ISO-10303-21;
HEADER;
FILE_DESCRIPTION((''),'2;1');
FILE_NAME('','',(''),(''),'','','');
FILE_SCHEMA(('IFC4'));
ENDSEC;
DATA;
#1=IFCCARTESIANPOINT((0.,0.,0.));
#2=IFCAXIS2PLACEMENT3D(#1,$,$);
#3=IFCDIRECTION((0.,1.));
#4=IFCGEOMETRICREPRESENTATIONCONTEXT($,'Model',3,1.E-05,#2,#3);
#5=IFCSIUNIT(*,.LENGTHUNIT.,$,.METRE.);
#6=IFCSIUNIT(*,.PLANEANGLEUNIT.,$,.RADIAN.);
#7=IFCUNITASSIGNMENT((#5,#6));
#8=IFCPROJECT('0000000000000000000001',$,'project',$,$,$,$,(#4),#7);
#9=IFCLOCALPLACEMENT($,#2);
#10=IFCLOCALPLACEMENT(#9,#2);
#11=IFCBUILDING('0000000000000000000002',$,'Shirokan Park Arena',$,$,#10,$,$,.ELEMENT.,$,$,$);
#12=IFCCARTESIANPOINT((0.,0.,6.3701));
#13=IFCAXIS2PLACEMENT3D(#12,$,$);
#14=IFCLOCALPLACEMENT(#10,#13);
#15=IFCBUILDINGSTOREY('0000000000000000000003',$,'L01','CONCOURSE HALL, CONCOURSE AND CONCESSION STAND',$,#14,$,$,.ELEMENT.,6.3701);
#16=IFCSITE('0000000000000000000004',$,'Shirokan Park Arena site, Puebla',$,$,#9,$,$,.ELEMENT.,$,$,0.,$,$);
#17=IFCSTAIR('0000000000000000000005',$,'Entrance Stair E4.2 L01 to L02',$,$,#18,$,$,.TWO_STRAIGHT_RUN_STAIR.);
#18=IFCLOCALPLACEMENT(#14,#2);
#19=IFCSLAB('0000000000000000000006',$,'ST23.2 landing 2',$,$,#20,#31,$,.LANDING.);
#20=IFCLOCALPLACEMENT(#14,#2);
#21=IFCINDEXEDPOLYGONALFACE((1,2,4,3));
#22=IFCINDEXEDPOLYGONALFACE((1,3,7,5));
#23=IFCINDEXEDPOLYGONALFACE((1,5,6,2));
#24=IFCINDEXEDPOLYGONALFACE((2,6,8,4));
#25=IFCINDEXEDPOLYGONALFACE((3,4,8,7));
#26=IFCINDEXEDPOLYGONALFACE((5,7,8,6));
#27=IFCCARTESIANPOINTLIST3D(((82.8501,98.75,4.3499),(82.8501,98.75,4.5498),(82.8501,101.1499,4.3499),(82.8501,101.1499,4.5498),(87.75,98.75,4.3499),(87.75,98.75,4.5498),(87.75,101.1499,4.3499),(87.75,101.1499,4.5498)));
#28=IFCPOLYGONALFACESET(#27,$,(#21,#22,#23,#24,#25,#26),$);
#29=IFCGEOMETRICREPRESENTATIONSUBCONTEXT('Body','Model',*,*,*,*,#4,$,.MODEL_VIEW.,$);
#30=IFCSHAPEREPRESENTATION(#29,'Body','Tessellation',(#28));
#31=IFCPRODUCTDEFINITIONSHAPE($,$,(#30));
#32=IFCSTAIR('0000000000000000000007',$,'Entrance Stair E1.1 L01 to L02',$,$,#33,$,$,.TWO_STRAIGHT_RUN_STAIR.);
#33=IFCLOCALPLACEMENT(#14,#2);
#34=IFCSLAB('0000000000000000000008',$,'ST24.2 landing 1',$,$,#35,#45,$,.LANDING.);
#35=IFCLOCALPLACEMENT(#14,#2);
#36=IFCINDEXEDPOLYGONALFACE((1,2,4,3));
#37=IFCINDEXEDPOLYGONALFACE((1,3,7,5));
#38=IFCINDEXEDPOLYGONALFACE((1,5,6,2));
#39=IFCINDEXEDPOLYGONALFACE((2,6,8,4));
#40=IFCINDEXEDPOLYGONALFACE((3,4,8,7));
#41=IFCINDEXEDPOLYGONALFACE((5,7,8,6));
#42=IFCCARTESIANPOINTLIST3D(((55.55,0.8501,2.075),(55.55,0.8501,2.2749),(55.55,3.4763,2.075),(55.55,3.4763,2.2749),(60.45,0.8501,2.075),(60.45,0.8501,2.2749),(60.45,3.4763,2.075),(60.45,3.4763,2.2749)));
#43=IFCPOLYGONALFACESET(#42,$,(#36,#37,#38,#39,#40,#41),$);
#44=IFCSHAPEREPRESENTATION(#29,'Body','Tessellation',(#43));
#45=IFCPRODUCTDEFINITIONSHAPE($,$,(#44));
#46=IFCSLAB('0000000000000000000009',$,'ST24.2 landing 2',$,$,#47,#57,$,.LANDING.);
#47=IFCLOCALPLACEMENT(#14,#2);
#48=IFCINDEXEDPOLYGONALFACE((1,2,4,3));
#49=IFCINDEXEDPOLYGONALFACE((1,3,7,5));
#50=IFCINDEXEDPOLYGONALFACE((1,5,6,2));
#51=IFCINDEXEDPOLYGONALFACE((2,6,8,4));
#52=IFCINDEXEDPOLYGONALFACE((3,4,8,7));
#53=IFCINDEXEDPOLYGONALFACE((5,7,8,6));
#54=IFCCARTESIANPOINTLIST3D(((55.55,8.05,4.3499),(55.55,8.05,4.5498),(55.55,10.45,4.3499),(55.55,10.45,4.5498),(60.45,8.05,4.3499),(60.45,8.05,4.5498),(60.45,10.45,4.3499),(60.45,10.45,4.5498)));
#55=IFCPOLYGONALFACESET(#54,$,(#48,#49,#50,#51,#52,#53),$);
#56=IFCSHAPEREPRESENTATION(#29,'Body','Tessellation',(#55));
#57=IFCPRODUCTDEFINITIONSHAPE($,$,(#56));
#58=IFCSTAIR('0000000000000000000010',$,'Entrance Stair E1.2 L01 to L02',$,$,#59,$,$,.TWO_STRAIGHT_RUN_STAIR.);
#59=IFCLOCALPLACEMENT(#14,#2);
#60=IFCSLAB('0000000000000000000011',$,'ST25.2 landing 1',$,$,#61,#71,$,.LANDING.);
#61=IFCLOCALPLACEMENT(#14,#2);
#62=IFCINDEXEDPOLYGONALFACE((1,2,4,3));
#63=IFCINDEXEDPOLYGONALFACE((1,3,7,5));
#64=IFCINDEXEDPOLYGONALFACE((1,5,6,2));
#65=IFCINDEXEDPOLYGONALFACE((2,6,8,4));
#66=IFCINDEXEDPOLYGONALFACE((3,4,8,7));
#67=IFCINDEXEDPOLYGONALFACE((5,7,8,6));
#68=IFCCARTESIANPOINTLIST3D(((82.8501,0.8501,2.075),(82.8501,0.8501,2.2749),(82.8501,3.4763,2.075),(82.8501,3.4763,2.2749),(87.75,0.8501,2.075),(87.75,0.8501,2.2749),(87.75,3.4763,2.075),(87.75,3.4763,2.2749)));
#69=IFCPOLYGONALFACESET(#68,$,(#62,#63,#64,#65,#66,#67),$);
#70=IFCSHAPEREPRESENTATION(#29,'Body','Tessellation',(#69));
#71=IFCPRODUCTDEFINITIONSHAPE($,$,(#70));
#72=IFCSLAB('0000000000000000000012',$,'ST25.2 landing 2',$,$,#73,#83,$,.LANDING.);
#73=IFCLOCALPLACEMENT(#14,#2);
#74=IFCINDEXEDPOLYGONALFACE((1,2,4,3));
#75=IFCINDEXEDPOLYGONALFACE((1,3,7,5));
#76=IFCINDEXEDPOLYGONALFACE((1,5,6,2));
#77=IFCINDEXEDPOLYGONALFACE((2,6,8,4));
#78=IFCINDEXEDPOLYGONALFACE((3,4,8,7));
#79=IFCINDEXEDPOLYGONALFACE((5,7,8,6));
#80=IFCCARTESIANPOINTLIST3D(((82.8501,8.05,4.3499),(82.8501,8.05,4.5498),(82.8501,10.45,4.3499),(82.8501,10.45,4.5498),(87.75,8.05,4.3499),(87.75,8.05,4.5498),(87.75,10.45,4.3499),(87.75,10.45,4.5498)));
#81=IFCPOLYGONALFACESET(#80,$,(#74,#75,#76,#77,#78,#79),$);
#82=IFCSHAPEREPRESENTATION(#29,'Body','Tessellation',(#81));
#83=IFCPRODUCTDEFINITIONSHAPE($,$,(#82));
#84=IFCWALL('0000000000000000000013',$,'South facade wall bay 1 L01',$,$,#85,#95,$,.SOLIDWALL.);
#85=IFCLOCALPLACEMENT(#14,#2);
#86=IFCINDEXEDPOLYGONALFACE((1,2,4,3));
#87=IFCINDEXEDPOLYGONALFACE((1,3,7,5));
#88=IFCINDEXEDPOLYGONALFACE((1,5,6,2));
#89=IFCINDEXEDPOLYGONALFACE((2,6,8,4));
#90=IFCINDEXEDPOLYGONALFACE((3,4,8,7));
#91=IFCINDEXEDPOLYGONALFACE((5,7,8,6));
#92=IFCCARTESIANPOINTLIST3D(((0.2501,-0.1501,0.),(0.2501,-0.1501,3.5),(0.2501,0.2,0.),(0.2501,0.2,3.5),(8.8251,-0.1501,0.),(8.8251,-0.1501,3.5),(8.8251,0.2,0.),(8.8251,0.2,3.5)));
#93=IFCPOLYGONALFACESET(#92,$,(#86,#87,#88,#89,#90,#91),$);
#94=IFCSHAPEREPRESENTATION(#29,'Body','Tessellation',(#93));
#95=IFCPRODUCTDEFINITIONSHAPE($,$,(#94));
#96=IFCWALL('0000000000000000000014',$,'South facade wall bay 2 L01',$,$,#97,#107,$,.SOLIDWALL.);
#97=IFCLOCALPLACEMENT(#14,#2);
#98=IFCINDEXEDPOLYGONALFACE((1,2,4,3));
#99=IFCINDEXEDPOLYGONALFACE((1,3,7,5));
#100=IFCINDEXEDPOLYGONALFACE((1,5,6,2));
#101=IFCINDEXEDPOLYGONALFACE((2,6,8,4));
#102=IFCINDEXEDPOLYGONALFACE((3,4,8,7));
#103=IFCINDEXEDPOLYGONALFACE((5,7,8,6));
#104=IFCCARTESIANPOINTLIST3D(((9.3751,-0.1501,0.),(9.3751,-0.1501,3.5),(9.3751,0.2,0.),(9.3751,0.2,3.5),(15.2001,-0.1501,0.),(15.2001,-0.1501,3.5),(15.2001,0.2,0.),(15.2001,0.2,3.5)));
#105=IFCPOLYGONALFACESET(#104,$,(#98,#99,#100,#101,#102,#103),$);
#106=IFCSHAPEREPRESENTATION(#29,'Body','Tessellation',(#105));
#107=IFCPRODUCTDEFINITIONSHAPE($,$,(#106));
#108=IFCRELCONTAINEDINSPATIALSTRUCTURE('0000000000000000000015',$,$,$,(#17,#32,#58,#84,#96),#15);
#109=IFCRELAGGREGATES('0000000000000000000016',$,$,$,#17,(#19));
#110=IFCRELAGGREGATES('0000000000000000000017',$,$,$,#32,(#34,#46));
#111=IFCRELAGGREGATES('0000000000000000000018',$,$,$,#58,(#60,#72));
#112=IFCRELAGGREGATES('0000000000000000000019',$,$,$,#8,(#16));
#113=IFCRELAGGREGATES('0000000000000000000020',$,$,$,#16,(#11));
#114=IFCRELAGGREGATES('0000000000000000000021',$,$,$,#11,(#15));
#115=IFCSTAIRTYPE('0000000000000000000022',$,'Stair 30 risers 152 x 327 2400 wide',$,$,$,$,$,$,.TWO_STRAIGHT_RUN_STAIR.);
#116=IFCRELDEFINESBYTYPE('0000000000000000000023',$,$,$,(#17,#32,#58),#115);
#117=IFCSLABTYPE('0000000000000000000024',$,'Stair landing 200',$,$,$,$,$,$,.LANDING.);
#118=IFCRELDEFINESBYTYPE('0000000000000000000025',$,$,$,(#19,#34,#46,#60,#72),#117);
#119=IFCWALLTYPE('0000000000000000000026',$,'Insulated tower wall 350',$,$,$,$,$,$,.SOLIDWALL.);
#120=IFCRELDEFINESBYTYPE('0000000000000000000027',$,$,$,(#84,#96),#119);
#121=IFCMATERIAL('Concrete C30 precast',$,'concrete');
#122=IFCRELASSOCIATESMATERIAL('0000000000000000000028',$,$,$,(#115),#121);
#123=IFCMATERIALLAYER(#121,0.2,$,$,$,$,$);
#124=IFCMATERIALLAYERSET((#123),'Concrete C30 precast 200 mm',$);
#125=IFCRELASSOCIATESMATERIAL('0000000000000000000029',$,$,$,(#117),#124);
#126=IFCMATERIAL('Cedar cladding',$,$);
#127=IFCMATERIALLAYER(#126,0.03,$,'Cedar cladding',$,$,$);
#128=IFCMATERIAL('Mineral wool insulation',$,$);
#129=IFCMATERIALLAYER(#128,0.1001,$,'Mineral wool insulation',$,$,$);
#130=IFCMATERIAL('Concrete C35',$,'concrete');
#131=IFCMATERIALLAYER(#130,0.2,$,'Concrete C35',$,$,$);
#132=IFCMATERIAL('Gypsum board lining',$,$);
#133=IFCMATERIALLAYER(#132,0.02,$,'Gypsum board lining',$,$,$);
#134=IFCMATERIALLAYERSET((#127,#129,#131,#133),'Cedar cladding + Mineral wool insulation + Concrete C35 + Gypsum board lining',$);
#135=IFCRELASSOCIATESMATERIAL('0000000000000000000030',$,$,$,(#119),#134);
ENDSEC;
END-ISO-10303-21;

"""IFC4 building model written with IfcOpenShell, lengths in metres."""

from ifc_helpers import new_model, si_unit, direction, frame, frame_2d, origin, place, context, subcontext, project, spatial, polyline, rectangle, outline, extrude, material, layer, layer_set, type_object, element, aggregate, save


model = new_model("IFC4")

# Units and contexts
model_context = context("Model", 3, precision=1e-05, world=origin(), true_north=direction((0.0, 1.0)))
body_context = subcontext(model_context, "Body", "Model", "MODEL_VIEW")
ifc_project = project(units=[si_unit("LENGTHUNIT", "METRE"), si_unit("PLANEANGLEUNIT", "RADIAN")], contexts=[model_context])

# Site, building, storey
site_placement = place(None, origin())
site = spatial("IfcSite", under=ifc_project, at=site_placement, Name="Shirokan Park Arena site, Puebla", CompositionType="ELEMENT", RefElevation=0.0)
building_placement = place(site_placement, origin())
building = spatial("IfcBuilding", under=site, at=building_placement, Name="Shirokan Park Arena", CompositionType="ELEMENT")
storey_placement = place(building_placement, frame((0.0, 0.0, 6.3701)))
storey = spatial("IfcBuildingStorey", under=building, at=storey_placement, Name="L01", Description="CONCOURSE HALL, CONCOURSE AND CONCESSION STAND", CompositionType="ELEMENT", Elevation=6.3701)

# Shared definitions
ifc_material_1 = material(Name="Concrete C35", Category="concrete")

# Shared definitions
ifc_material_2 = material(Name="Concrete C30 precast", Category="concrete")
stair_type = type_object("IfcStairType", Name="Stair 30 risers 152 x 327 2400 wide", PredefinedType="TWO_STRAIGHT_RUN_STAIR", material=ifc_material_2)
ifc_layer_1 = layer(ifc_material_2, 0.2)
ifc_layer_set_1 = layer_set([ifc_layer_1], Name="Concrete C30 precast 200 mm")
slab_type = type_object("IfcSlabType", Name="Stair landing 200", PredefinedType="LANDING", material=ifc_layer_set_1)

# Stairs, slabs
stair_1_placement = place(storey_placement, origin())
stair_1 = element("IfcStair", 1, at=stair_1_placement, inside=storey, type_object=stair_type, Name="Entrance Stair E4.2 L01 to L02", PredefinedType="TWO_STRAIGHT_RUN_STAIR")
slab_1_placement = place(storey_placement, frame((0.0, 0.0, 4.3499)))
slab_1 = element("IfcSlab", 2, at=slab_1_placement, type_object=slab_type, Name="ST23.2 landing 2", PredefinedType="LANDING", context=body_context, shape_type="SweptSolid", body=[
    extrude(outline(polyline([(82.8501, 98.75), (87.75, 98.75), (87.75, 101.1499), (82.8501, 101.1499), (82.8501, 98.75)])), origin(), (0.0, 0.0, 1.0), 0.2),
])
aggregate(stair_1, [slab_1])
stair_2_placement = place(storey_placement, origin())
stair_2 = element("IfcStair", 3, at=stair_2_placement, inside=storey, type_object=stair_type, Name="Entrance Stair E1.1 L01 to L02", PredefinedType="TWO_STRAIGHT_RUN_STAIR")
slab_2_placement = place(storey_placement, frame((0.0, 0.0, 2.075)))
slab_2 = element("IfcSlab", 4, at=slab_2_placement, type_object=slab_type, Name="ST24.2 landing 1", PredefinedType="LANDING", context=body_context, shape_type="SweptSolid", body=[
    extrude(outline(polyline([(55.55, 0.8501), (60.45, 0.8501), (60.45, 3.4763), (55.55, 3.4763), (55.55, 0.8501)])), origin(), (0.0, 0.0, 1.0), 0.2),
])
slab_3_placement = place(storey_placement, frame((0.0, 0.0, 4.3499)))
slab_3 = element("IfcSlab", 5, at=slab_3_placement, type_object=slab_type, Name="ST24.2 landing 2", PredefinedType="LANDING", context=body_context, shape_type="SweptSolid", body=[
    extrude(outline(polyline([(55.55, 8.05), (60.45, 8.05), (60.45, 10.45), (55.55, 10.45), (55.55, 8.05)])), origin(), (0.0, 0.0, 1.0), 0.2),
])
aggregate(stair_2, [slab_2, slab_3])
stair_3_placement = place(storey_placement, origin())
stair_3 = element("IfcStair", 6, at=stair_3_placement, inside=storey, type_object=stair_type, Name="Entrance Stair E1.2 L01 to L02", PredefinedType="TWO_STRAIGHT_RUN_STAIR")
slab_4_placement = place(storey_placement, frame((0.0, 0.0, 2.075)))
slab_4 = element("IfcSlab", 7, at=slab_4_placement, type_object=slab_type, Name="ST25.2 landing 1", PredefinedType="LANDING", context=body_context, shape_type="SweptSolid", body=[
    extrude(outline(polyline([(82.8501, 0.8501), (87.75, 0.8501), (87.75, 3.4763), (82.8501, 3.4763), (82.8501, 0.8501)])), origin(), (0.0, 0.0, 1.0), 0.2),
])
slab_5_placement = place(storey_placement, frame((0.0, 0.0, 4.3499)))
slab_5 = element("IfcSlab", 8, at=slab_5_placement, type_object=slab_type, Name="ST25.2 landing 2", PredefinedType="LANDING", context=body_context, shape_type="SweptSolid", body=[
    extrude(outline(polyline([(82.8501, 8.05), (87.75, 8.05), (87.75, 10.45), (82.8501, 10.45), (82.8501, 8.05)])), origin(), (0.0, 0.0, 1.0), 0.2),
])
aggregate(stair_3, [slab_4, slab_5])

# Walls
ifc_material_3 = material(Name="Cedar cladding")
ifc_layer_2 = layer(ifc_material_3, 0.03, Name="Cedar cladding")
ifc_material_4 = material(Name="Mineral wool insulation")
ifc_layer_3 = layer(ifc_material_4, 0.1001, Name="Mineral wool insulation")
ifc_layer_4 = layer(ifc_material_1, 0.2, Name="Concrete C35")
ifc_material_5 = material(Name="Gypsum board lining")
ifc_layer_5 = layer(ifc_material_5, 0.02, Name="Gypsum board lining")
ifc_layer_set_2 = layer_set([ifc_layer_2, ifc_layer_3, ifc_layer_4, ifc_layer_5], Name="Cedar cladding + Mineral wool insulation + Concrete C35 + Gypsum board lining")
wall_type = type_object("IfcWallType", Name="Insulated tower wall 350", PredefinedType="SOLIDWALL", material=ifc_layer_set_2)
wall_1_placement = place(storey_placement, frame((0.25, 0.0249, 0.0), z_axis=(0.0, 0.0, 1.0), x_axis=(1.0, 0.0, 0.0)))
element("IfcWall", 9, at=wall_1_placement, inside=storey, type_object=wall_type, Name="South facade wall bay 1 L01", PredefinedType="SOLIDWALL", context=body_context, shape_type="SweptSolid", body=[
    extrude(rectangle(XDim=8.575, YDim=0.3501, at=frame_2d((4.2876, 0.0))), origin(), (0.0, 0.0, 1.0), 3.5),
])
wall_2_placement = place(storey_placement, frame((9.375, 0.0249, 0.0), z_axis=(0.0, 0.0, 1.0), x_axis=(1.0, 0.0, 0.0)))
element("IfcWall", 10, at=wall_2_placement, inside=storey, type_object=wall_type, Name="South facade wall bay 2 L01", PredefinedType="SOLIDWALL", context=body_context, shape_type="SweptSolid", body=[
    extrude(rectangle(XDim=5.825, YDim=0.3501, at=frame_2d((2.9126, 0.0))), origin(), (0.0, 0.0, 1.0), 3.5),
])

save(model, "model.ifc")
